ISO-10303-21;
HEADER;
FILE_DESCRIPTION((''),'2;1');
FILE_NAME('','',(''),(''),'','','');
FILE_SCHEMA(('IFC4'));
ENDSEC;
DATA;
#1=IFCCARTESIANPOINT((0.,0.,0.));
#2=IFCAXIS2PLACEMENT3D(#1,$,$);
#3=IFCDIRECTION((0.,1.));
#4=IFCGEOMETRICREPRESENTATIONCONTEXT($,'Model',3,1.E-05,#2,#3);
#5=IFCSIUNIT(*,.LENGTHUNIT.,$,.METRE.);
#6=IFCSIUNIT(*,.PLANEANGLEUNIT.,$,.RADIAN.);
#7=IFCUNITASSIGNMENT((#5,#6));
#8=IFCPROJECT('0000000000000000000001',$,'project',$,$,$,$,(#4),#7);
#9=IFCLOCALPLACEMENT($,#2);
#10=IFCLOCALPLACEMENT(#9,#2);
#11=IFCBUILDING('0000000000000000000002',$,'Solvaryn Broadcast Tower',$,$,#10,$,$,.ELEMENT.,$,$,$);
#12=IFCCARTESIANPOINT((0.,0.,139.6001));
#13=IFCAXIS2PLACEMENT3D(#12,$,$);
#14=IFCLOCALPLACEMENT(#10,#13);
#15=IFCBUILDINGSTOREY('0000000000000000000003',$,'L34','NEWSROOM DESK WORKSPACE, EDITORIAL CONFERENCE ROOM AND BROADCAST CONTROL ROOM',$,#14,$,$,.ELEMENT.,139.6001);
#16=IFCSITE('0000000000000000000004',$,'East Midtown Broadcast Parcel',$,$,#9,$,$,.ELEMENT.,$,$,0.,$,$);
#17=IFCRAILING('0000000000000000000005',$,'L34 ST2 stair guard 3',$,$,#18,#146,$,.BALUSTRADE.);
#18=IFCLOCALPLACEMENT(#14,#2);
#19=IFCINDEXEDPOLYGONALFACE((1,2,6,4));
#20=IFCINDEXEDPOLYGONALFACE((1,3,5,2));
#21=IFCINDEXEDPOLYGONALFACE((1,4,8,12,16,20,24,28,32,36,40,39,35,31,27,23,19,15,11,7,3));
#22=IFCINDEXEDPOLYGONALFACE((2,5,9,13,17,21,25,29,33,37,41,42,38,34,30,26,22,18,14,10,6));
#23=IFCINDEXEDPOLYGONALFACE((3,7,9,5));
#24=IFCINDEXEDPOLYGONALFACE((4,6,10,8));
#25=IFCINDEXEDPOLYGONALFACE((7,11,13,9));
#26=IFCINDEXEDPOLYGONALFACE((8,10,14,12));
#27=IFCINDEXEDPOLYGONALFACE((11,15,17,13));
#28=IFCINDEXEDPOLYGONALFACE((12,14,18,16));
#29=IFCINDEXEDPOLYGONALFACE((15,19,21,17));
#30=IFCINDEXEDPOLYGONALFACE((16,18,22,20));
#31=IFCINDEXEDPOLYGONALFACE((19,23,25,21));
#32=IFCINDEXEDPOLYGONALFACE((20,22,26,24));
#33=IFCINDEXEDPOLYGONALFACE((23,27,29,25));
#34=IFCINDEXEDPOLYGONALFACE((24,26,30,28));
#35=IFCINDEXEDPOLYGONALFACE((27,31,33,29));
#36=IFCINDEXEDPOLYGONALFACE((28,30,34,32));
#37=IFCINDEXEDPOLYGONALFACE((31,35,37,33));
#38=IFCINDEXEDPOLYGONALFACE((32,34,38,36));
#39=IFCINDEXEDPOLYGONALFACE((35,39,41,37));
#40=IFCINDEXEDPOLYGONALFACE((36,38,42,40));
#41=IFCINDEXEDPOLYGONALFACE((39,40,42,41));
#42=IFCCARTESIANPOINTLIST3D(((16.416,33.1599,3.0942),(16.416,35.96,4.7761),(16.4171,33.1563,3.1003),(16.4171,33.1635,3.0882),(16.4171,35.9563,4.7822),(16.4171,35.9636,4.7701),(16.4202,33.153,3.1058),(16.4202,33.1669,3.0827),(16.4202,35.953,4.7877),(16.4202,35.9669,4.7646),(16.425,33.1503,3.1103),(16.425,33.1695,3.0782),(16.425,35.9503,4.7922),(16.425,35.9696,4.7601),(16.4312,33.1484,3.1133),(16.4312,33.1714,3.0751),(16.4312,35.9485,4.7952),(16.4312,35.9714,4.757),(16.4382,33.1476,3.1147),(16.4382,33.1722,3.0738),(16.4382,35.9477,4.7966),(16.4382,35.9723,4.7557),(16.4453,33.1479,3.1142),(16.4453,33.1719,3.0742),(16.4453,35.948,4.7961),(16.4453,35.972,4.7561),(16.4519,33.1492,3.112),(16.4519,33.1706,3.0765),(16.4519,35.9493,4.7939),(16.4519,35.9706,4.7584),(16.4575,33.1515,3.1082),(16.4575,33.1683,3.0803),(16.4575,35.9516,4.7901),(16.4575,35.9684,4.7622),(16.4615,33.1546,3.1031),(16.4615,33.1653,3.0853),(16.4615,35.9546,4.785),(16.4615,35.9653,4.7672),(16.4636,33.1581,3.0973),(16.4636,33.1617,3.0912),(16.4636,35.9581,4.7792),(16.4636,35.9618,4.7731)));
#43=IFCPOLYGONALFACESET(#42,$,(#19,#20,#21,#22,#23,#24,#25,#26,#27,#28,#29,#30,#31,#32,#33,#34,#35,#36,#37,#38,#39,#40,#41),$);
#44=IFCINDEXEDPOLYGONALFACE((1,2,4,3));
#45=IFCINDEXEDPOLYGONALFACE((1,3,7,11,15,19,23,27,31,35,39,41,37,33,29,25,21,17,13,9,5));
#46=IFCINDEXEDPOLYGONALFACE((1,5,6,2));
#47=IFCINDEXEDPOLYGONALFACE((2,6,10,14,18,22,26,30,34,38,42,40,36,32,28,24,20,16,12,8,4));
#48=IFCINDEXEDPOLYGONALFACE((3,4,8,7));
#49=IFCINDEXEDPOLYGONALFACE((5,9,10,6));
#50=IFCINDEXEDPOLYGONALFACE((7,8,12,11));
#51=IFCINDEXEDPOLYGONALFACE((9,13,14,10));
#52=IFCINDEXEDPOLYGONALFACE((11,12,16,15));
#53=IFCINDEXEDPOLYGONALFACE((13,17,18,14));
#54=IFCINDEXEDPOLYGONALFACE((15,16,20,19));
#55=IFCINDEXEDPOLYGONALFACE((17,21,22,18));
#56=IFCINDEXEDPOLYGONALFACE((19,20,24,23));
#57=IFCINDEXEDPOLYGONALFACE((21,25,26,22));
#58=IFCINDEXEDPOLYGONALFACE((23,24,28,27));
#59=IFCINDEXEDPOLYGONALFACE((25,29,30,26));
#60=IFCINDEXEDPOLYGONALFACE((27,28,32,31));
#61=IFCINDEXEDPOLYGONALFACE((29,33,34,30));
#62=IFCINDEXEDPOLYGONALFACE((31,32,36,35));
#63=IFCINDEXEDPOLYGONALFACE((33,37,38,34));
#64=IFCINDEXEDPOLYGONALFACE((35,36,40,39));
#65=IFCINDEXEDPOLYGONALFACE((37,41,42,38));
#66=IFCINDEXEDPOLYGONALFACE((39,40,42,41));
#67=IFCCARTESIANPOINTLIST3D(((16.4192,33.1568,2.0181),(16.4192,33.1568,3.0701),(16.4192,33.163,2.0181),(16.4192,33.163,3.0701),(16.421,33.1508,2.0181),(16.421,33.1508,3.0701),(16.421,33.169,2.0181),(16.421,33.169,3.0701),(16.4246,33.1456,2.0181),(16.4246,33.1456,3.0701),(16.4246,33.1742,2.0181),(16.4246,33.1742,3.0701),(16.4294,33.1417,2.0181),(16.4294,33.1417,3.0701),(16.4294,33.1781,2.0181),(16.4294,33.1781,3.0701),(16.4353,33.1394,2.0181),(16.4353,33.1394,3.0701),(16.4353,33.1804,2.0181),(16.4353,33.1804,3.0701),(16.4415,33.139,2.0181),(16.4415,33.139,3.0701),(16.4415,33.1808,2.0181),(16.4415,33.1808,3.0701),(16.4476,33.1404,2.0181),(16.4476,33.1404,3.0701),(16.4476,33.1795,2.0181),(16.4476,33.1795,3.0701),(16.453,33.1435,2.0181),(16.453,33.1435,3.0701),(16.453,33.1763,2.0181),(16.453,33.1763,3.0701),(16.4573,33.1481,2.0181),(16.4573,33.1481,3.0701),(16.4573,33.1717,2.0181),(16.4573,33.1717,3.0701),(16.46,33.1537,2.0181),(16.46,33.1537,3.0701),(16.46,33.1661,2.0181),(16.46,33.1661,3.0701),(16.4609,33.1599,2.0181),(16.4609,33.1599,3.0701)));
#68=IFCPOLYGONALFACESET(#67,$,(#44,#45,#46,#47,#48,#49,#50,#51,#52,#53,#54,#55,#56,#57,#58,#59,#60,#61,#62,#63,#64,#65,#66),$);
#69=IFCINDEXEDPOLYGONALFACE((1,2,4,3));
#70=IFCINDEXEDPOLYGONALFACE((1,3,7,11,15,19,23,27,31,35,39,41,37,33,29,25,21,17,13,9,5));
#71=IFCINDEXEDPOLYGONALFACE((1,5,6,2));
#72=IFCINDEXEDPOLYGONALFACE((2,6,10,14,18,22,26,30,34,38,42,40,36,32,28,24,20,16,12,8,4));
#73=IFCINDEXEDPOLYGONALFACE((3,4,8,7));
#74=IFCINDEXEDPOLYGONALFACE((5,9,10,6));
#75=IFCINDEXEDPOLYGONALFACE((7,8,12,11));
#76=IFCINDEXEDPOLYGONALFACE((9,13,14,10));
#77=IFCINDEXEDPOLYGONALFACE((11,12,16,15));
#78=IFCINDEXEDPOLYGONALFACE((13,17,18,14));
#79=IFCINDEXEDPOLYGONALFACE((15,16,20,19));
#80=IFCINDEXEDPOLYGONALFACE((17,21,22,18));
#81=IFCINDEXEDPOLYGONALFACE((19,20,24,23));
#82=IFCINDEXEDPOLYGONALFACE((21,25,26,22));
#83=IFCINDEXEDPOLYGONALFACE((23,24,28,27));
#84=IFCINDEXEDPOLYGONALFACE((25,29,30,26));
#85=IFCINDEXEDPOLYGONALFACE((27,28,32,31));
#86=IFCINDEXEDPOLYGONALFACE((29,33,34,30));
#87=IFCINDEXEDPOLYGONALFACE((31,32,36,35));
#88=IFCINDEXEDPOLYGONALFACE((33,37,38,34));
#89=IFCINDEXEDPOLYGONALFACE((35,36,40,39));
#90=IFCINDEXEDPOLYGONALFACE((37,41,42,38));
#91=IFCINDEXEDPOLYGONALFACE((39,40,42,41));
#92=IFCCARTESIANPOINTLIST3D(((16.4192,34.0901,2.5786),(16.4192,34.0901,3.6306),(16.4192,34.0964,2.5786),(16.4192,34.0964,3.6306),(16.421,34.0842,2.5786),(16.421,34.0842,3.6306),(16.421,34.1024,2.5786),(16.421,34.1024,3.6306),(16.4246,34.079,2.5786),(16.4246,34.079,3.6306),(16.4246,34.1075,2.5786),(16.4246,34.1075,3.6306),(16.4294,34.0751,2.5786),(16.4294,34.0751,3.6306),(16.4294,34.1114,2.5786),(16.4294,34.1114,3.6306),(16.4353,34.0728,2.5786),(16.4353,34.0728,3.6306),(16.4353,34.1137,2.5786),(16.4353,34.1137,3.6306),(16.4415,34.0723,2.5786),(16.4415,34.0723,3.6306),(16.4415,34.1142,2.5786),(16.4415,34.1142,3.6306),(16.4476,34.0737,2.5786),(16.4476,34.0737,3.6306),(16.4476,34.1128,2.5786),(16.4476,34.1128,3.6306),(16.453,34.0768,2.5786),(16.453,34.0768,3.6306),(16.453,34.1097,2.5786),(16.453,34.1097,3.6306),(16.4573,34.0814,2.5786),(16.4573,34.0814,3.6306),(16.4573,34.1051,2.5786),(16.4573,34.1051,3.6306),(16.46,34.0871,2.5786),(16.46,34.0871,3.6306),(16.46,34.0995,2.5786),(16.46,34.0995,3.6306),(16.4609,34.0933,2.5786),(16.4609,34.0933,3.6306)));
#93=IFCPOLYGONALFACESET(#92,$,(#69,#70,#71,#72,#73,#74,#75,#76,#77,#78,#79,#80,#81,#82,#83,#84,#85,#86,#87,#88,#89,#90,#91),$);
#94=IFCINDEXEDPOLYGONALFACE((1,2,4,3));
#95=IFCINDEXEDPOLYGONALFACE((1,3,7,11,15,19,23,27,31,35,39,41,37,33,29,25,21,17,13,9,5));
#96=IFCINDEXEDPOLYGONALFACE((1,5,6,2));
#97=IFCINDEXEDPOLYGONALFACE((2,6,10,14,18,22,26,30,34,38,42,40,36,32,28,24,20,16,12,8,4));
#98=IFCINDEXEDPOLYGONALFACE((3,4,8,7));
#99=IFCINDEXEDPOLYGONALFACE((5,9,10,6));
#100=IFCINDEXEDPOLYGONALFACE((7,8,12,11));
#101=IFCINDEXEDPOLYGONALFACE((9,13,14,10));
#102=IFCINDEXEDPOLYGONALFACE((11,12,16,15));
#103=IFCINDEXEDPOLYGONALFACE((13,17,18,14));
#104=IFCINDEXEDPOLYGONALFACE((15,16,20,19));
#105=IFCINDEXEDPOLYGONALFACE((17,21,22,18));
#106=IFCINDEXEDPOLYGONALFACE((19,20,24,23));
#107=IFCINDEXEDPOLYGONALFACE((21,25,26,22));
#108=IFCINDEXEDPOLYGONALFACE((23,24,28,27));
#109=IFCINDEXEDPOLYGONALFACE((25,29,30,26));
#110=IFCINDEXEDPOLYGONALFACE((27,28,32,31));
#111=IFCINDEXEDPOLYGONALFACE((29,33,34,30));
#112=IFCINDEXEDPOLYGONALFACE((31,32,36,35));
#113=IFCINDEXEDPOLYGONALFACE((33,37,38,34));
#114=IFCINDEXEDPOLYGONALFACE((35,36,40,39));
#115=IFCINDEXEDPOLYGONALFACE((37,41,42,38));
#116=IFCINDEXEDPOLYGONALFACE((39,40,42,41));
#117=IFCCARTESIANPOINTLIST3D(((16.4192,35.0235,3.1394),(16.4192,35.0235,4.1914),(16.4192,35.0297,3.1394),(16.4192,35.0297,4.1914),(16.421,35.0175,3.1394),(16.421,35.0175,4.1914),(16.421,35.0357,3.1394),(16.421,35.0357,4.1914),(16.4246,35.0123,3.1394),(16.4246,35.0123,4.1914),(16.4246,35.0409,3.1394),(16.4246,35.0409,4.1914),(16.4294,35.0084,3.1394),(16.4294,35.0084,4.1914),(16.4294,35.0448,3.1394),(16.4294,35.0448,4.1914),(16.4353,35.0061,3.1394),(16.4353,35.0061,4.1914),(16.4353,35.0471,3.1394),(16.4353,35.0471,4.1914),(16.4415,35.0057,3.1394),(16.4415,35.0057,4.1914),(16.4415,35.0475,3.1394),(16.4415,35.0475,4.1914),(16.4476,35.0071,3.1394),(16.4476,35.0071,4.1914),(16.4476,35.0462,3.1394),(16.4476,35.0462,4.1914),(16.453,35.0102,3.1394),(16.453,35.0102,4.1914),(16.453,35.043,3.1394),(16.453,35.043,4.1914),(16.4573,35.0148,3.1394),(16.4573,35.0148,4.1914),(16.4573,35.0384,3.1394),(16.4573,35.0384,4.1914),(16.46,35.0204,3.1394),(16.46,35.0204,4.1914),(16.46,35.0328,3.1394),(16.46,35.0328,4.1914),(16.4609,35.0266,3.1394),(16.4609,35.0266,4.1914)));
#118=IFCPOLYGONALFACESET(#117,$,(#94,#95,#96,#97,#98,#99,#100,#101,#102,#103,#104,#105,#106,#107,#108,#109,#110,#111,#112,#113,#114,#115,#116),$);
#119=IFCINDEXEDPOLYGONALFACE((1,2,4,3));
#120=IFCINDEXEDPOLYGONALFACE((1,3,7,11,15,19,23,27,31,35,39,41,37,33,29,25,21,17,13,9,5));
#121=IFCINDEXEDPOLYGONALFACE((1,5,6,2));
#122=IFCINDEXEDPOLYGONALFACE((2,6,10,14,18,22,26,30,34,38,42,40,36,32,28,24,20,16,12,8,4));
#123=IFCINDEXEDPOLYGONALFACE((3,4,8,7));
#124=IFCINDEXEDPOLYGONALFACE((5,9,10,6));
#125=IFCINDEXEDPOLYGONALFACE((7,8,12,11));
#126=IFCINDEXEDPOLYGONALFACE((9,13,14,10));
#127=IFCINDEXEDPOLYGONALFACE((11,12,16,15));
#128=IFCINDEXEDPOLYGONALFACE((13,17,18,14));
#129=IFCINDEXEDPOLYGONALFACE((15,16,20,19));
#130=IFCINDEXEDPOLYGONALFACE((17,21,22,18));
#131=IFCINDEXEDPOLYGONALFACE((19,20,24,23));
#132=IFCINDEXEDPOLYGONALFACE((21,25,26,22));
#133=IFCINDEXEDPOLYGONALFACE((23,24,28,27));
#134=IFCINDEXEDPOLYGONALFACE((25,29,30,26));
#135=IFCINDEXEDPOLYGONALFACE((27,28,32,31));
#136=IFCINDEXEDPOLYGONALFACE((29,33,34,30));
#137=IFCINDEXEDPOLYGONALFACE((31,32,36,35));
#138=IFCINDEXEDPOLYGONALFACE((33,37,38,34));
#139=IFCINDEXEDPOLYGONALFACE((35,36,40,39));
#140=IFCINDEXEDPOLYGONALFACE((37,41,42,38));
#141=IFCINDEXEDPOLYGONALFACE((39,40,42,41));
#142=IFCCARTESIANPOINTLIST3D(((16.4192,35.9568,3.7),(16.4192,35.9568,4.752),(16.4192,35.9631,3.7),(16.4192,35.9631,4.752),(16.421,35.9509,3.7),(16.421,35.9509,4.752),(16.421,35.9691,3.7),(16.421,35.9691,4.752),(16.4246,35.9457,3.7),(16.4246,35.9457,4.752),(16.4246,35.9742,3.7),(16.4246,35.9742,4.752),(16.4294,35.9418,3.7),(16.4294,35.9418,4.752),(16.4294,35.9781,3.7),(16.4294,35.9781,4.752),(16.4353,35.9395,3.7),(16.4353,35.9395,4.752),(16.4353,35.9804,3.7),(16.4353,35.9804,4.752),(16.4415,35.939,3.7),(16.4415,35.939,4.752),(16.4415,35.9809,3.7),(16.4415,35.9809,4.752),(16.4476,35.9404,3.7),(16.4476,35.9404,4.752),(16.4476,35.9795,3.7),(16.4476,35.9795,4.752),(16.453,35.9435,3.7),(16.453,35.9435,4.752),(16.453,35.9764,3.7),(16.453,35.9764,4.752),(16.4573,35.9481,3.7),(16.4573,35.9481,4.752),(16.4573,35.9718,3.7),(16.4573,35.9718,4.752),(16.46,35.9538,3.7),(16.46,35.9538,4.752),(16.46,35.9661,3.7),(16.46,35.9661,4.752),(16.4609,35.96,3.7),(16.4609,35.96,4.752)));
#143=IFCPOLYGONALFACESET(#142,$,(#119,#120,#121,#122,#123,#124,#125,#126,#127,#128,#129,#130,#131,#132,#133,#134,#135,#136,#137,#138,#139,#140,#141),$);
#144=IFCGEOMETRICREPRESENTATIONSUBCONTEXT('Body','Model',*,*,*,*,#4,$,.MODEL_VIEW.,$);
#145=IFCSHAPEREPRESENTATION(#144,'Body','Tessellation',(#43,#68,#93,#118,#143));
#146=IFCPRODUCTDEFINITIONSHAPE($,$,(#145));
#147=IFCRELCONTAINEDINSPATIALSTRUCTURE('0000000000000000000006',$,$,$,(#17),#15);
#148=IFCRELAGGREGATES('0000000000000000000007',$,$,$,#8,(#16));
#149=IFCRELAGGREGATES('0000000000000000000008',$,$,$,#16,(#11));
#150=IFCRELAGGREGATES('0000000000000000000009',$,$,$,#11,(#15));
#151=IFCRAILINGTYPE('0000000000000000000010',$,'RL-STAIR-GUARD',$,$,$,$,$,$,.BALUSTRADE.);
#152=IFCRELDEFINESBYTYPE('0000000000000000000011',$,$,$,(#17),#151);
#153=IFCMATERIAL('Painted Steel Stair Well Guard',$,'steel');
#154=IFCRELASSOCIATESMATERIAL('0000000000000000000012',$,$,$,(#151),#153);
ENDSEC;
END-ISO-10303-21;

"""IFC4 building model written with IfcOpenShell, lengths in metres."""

from ifc_helpers import new_model, si_unit, direction, frame, origin, origin_2d, place, context, subcontext, project, spatial, circle, extrude, material, type_object, element, save


model = new_model("IFC4")

# Units and contexts
model_context = context("Model", 3, precision=1e-05, world=origin(), true_north=direction((0.0, 1.0)))
body_context = subcontext(model_context, "Body", "Model", "MODEL_VIEW")
ifc_project = project(units=[si_unit("LENGTHUNIT", "METRE"), si_unit("PLANEANGLEUNIT", "RADIAN")], contexts=[model_context])

# Site, building, storey
site_placement = place(None, origin())
site = spatial("IfcSite", under=ifc_project, at=site_placement, Name="East Midtown Broadcast Parcel", CompositionType="ELEMENT", RefElevation=0.0)
building_placement = place(site_placement, origin())
building = spatial("IfcBuilding", under=site, at=building_placement, Name="Solvaryn Broadcast Tower", CompositionType="ELEMENT")
storey_placement = place(building_placement, frame((0.0, 0.0, 139.6001)))
storey = spatial("IfcBuildingStorey", under=building, at=storey_placement, Name="L34", Description="NEWSROOM DESK WORKSPACE, EDITORIAL CONFERENCE ROOM AND BROADCAST CONTROL ROOM", CompositionType="ELEMENT", Elevation=139.6001)

# Railing
ifc_material_1 = material(Name="Painted Steel Stair Well Guard", Category="steel")
railing_type_1 = type_object("IfcRailingType", Name="RL-STAIR-GUARD", PredefinedType="BALUSTRADE", material=ifc_material_1)
railing_1_placement = place(storey_placement, frame((16.4399, 33.1599, 2.0181)))
element("IfcRailing", 1, at=railing_1_placement, inside=storey, type_object=railing_type_1, Name="L34 ST2 stair guard 3", PredefinedType="BALUSTRADE", context=body_context, shape_type="SweptSolid", body=[
    extrude(circle(Radius=0.0239, at=origin_2d()), frame((0.0, 0.0, 1.0762), z_axis=(0.0, 0.857242, 0.514913), x_axis=(-1.0, 0.0, 0.0)), (0.0, 0.0, 1.0), 3.2664),
    extrude(circle(Radius=0.021, at=origin_2d()), origin(), (0.0, 0.0, 1.0), 1.052),
    extrude(circle(Radius=0.021, at=origin_2d()), frame((0.0, 0.9333, 0.5605)), (0.0, 0.0, 1.0), 1.052),
    extrude(circle(Radius=0.021, at=origin_2d()), frame((0.0, 1.8667, 1.1213)), (0.0, 0.0, 1.0), 1.052),
    extrude(circle(Radius=0.021, at=origin_2d()), frame((0.0, 2.8, 1.6819)), (0.0, 0.0, 1.0), 1.052),
])

save(model, "model.ifc")
